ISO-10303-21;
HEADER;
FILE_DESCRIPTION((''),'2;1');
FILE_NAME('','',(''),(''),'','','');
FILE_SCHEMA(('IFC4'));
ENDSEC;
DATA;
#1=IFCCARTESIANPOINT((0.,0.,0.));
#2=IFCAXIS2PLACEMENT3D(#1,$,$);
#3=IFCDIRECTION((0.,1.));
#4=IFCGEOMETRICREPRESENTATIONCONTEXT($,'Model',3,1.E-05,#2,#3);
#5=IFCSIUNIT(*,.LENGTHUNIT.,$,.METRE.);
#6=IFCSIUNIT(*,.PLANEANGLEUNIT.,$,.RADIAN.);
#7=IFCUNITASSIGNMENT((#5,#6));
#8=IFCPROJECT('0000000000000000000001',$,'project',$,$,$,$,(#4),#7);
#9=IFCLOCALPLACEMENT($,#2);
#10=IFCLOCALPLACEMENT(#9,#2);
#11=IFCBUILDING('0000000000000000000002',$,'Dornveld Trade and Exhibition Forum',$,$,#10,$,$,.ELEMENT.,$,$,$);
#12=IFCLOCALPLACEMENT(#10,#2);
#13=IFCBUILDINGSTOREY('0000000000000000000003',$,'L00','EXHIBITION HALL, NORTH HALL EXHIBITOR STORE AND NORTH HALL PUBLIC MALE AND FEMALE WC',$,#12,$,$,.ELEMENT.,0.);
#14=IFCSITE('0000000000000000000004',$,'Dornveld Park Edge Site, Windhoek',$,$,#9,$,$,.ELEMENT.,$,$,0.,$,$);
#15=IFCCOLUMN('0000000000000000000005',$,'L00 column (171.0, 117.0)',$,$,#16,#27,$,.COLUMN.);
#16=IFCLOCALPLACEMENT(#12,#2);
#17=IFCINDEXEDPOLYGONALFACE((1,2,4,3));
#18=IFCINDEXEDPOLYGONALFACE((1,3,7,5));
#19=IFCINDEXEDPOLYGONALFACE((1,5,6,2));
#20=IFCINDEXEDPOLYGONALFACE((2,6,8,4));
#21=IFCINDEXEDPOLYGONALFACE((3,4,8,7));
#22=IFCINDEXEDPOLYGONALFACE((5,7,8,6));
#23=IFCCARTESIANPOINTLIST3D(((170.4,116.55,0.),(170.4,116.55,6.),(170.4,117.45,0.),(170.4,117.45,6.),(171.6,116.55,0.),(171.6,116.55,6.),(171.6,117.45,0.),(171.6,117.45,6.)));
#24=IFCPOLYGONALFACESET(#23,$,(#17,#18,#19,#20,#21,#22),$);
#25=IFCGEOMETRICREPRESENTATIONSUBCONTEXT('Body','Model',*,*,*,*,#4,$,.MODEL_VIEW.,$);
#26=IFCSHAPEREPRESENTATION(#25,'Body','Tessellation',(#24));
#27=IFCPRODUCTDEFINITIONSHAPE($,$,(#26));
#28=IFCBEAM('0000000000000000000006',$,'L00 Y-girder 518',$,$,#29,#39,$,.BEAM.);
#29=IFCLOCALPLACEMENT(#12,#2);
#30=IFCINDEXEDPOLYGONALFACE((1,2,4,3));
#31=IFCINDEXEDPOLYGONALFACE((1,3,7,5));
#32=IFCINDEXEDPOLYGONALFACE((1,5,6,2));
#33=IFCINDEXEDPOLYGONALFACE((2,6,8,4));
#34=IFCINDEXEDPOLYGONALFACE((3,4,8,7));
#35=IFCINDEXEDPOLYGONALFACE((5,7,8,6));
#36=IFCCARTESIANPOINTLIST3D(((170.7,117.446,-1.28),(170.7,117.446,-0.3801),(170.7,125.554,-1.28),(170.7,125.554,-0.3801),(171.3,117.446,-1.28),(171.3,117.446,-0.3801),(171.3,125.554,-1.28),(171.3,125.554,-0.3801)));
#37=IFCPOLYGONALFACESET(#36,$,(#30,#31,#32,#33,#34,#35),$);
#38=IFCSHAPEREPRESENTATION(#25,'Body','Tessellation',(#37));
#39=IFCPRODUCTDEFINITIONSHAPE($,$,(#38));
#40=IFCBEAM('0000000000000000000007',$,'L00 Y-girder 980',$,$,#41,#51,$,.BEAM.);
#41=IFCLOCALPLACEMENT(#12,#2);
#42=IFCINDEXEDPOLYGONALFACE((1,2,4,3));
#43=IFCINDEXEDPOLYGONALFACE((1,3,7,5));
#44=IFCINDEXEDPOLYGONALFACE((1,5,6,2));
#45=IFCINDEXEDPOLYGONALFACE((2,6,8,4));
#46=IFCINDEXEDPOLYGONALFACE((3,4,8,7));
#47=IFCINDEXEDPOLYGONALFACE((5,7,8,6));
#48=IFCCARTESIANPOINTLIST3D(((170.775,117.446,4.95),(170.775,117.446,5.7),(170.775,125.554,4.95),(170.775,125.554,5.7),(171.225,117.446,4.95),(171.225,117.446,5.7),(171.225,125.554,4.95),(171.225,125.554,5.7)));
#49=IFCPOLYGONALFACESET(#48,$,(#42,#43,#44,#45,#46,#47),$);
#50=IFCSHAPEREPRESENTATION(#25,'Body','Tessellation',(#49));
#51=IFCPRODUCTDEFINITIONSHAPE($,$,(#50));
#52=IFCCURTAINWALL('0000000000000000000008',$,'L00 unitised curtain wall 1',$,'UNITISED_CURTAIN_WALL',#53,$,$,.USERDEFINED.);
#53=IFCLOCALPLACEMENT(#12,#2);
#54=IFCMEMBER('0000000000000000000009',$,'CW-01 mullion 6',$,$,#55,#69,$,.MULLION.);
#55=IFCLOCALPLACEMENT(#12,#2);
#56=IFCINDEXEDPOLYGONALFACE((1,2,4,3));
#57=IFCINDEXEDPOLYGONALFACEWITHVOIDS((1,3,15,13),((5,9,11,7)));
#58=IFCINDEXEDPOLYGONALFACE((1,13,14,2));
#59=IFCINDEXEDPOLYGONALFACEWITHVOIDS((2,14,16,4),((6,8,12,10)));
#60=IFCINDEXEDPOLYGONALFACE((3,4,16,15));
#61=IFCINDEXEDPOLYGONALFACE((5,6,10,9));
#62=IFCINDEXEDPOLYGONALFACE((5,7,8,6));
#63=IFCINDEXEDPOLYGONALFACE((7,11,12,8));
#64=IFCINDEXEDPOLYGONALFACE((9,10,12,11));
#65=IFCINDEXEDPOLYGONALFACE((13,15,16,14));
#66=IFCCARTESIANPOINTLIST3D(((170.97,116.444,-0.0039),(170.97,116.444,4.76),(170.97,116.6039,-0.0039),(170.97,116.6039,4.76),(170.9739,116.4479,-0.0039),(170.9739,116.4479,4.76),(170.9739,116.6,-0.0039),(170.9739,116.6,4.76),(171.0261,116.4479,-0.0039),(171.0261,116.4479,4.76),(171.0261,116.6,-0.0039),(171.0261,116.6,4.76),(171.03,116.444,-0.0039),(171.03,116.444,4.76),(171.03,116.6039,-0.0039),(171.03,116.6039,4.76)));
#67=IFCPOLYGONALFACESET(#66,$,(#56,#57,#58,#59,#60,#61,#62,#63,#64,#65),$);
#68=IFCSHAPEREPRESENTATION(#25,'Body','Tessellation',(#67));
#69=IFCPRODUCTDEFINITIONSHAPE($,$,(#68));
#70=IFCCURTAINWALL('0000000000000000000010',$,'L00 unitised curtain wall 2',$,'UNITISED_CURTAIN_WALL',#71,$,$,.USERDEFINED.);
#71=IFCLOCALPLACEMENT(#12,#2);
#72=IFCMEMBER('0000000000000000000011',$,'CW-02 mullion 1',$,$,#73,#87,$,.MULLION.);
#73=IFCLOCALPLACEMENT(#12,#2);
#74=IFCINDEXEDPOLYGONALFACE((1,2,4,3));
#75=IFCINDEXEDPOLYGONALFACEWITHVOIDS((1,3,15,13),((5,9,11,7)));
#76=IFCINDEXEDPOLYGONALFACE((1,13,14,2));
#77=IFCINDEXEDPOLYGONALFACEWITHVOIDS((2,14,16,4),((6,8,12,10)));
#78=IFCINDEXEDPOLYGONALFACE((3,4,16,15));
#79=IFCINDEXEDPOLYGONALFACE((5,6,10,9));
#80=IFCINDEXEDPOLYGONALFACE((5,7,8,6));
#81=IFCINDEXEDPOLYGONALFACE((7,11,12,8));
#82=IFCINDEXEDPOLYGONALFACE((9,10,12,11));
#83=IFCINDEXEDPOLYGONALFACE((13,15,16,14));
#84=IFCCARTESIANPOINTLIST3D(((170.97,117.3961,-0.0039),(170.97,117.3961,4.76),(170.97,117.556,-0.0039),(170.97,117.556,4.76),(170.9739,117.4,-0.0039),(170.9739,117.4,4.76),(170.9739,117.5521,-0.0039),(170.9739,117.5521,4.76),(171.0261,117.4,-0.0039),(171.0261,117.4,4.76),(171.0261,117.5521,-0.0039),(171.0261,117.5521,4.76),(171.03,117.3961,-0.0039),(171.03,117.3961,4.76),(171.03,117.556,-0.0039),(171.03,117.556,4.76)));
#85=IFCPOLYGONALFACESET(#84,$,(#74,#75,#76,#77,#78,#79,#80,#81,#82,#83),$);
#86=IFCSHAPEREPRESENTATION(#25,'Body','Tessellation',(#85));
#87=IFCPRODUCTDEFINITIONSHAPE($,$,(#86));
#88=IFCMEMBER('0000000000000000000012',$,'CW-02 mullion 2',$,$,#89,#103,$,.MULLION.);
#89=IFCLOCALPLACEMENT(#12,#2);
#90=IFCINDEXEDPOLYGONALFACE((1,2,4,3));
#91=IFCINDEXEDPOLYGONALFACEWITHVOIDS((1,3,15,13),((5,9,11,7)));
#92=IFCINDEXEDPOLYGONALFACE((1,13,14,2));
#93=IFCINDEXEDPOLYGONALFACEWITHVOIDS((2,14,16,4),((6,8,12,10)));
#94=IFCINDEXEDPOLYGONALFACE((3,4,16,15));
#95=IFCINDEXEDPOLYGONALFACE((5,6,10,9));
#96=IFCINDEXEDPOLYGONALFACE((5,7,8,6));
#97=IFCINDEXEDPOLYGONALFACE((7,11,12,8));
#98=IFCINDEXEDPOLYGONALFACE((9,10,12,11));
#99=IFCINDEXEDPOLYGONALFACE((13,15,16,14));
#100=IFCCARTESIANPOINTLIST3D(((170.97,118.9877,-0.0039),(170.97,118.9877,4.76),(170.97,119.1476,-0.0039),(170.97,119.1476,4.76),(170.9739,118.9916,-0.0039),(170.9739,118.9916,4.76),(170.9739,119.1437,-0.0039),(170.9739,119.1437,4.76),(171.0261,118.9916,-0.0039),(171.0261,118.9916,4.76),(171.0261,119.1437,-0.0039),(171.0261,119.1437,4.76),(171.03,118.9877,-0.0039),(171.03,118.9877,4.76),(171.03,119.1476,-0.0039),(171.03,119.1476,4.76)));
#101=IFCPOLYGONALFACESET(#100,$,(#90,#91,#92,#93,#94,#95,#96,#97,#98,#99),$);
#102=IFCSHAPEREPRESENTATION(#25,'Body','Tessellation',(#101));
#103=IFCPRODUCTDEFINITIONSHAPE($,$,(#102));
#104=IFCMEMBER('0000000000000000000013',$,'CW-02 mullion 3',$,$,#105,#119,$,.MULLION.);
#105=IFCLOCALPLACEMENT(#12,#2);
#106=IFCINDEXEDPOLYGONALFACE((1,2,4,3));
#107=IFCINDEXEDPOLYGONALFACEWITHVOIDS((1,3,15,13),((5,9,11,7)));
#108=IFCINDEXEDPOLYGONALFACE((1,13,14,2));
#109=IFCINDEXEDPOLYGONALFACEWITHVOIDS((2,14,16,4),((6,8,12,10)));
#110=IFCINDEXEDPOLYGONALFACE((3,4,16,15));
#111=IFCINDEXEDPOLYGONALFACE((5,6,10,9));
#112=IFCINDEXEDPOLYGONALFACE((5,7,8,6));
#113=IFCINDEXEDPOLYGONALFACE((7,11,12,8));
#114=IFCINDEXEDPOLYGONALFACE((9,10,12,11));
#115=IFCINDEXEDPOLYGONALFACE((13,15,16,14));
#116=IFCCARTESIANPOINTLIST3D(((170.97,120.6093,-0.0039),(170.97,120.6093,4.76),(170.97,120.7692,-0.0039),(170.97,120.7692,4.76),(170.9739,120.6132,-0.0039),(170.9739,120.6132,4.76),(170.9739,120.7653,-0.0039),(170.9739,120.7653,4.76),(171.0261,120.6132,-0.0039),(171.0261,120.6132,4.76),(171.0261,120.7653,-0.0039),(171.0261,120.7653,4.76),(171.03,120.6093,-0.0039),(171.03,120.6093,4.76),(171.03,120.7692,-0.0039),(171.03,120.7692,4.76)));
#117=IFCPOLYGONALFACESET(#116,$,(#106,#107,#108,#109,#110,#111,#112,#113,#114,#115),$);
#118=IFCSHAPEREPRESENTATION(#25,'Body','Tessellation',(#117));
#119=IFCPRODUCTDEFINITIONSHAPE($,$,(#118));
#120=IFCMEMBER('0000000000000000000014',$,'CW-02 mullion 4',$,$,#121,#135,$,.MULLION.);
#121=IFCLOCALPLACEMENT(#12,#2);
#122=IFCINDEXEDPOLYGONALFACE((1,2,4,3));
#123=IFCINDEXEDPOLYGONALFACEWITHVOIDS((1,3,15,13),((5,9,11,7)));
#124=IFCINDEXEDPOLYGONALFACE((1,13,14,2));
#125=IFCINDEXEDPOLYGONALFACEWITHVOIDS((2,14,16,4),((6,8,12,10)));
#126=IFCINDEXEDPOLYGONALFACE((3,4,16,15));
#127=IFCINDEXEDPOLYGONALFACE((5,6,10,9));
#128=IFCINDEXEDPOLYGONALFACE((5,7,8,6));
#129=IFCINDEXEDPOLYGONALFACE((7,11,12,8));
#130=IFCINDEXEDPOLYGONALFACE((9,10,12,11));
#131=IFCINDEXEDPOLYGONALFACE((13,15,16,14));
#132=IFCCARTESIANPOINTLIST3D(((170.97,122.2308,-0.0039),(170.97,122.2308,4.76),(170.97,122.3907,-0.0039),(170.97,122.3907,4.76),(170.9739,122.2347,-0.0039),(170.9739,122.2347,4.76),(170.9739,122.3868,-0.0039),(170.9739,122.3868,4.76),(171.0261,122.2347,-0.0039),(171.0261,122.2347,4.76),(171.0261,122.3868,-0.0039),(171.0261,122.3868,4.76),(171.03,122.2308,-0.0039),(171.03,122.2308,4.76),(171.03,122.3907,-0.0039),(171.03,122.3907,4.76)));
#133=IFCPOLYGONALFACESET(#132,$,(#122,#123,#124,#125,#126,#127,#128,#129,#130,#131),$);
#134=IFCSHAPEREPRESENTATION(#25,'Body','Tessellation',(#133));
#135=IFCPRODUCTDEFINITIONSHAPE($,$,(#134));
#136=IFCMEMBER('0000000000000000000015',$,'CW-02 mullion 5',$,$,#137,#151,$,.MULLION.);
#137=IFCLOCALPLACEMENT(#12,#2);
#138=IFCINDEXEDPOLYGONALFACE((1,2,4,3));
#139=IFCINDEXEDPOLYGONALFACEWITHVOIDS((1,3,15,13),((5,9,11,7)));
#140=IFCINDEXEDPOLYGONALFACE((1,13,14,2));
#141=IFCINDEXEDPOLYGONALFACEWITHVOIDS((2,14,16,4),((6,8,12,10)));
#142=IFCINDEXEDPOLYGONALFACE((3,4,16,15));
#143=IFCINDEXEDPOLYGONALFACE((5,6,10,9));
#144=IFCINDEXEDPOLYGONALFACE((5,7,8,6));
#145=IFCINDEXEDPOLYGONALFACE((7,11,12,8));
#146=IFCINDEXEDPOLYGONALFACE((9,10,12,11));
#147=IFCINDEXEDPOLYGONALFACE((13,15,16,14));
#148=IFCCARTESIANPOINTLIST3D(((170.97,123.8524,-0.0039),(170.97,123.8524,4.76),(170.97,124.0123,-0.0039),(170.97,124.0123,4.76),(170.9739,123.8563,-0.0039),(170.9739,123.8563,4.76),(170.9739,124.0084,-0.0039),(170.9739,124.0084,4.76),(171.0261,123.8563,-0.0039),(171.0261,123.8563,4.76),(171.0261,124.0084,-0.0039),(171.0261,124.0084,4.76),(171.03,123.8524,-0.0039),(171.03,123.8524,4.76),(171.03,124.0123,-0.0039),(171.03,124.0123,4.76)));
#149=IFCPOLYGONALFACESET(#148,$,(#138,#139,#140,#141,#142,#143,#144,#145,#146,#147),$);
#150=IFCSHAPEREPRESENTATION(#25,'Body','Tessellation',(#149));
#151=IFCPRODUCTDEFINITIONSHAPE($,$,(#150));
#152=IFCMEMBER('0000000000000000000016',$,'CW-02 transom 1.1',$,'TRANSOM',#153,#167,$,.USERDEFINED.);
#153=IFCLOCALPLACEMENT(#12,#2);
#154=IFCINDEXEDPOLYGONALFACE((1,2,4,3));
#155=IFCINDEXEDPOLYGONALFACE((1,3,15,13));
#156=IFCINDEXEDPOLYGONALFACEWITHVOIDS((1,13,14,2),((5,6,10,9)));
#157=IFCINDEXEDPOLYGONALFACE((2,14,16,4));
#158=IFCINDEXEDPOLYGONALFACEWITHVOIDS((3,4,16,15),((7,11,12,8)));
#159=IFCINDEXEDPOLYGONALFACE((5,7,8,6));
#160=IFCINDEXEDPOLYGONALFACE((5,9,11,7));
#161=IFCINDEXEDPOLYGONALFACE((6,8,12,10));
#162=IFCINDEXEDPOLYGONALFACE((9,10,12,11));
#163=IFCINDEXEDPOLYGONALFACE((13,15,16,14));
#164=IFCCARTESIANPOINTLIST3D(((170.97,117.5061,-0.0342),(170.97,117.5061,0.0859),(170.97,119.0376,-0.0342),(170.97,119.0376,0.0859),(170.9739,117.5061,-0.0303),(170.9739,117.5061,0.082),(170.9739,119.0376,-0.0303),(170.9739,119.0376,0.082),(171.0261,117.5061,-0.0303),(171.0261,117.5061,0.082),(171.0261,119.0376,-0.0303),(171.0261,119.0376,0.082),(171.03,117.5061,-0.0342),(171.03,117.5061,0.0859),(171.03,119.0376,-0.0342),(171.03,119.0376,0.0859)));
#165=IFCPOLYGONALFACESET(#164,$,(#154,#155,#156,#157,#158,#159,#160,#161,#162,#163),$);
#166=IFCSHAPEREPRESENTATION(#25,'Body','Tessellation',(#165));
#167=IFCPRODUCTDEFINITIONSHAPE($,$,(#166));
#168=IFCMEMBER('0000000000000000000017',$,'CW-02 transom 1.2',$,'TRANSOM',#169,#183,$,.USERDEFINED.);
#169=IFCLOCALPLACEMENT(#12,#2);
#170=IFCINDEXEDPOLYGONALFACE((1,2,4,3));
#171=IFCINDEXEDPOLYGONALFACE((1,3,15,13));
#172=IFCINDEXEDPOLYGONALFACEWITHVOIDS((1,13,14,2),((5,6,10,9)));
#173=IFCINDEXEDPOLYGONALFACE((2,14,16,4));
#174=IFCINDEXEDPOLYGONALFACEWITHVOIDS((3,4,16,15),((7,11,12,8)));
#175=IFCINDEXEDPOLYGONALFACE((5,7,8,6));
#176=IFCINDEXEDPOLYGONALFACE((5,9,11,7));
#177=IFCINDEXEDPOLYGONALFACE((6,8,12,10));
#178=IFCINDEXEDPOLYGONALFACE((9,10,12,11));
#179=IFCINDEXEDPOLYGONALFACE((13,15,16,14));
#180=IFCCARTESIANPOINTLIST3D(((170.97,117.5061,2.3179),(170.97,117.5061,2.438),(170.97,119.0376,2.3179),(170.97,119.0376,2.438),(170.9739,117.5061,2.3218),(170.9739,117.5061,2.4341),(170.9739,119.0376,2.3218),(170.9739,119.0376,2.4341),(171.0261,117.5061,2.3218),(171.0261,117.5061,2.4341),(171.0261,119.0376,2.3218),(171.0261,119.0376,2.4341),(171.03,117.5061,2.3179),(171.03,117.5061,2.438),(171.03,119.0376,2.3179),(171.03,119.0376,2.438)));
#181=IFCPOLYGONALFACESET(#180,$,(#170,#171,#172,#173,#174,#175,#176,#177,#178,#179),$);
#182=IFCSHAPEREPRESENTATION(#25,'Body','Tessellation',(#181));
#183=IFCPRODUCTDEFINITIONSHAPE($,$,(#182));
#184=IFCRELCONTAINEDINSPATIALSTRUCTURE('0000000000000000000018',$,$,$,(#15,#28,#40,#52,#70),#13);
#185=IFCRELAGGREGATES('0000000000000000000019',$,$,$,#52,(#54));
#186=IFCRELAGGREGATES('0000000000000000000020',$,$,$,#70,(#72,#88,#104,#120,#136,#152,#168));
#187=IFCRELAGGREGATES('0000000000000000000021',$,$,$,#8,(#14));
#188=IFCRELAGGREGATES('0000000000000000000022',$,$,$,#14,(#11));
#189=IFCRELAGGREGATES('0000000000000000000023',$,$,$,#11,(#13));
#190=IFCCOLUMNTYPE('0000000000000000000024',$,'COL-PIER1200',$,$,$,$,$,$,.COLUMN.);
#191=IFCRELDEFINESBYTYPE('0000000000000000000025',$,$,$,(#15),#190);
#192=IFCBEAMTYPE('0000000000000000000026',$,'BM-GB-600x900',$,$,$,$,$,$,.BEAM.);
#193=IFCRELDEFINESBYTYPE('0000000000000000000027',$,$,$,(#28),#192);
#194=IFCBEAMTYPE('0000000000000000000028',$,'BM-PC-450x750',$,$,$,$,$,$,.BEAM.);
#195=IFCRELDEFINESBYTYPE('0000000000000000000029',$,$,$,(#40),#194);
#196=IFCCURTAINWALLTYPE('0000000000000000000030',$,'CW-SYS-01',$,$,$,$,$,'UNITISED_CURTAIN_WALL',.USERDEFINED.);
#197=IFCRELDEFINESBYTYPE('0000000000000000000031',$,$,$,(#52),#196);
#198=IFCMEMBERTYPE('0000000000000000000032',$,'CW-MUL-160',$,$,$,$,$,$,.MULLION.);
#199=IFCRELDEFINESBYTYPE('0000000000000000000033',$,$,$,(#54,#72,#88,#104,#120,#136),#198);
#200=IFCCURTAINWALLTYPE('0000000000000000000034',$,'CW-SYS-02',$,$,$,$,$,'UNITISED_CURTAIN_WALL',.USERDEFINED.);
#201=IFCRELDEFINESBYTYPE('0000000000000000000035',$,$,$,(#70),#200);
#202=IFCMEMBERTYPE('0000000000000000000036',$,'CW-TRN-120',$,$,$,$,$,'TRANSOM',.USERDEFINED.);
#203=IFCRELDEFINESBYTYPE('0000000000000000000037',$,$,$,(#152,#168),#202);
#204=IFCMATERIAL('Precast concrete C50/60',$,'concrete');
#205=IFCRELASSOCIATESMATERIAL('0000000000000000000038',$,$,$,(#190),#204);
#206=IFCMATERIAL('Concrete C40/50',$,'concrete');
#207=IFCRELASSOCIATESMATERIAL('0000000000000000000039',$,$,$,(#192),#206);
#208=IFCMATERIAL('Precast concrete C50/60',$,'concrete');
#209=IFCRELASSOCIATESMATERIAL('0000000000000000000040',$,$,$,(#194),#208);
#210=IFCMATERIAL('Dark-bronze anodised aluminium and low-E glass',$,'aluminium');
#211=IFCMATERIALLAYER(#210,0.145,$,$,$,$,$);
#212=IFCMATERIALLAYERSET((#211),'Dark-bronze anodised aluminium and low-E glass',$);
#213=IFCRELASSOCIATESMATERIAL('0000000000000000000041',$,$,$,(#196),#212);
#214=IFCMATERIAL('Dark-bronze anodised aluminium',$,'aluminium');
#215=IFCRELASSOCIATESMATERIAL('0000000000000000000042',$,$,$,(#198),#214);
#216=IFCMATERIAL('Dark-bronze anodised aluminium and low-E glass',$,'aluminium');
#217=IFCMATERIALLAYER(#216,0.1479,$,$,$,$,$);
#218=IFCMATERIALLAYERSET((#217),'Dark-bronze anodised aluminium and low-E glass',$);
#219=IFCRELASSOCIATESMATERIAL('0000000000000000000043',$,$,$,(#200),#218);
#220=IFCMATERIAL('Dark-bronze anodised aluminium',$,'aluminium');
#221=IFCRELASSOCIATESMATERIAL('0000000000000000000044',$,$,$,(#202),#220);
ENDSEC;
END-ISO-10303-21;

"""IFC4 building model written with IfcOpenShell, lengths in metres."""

from ifc_helpers import new_model, si_unit, direction, frame, origin, origin_2d, place, context, subcontext, project, spatial, rectangle, hollow_rectangle, extrude, material, layer, layer_set, material_profile, profile_set, type_object, element, aggregate, save


model = new_model("IFC4")

# Units and contexts
model_context = context("Model", 3, precision=1e-05, world=origin(), true_north=direction((0.0, 1.0)))
body_context = subcontext(model_context, "Body", "Model", "MODEL_VIEW")
ifc_project = project(units=[si_unit("LENGTHUNIT", "METRE"), si_unit("PLANEANGLEUNIT", "RADIAN")], contexts=[model_context])

# Site, building, storey
site_placement = place(None, origin())
site = spatial("IfcSite", under=ifc_project, at=site_placement, Name="Dornveld Park Edge Site, Windhoek", CompositionType="ELEMENT", RefElevation=0.0)
building_placement = place(site_placement, origin())
building = spatial("IfcBuilding", under=site, at=building_placement, Name="Dornveld Trade and Exhibition Forum", CompositionType="ELEMENT")
storey_placement = place(building_placement, origin())
storey = spatial("IfcBuildingStorey", under=building, at=storey_placement, Name="L00", Description="EXHIBITION HALL, NORTH HALL EXHIBITOR STORE AND NORTH HALL PUBLIC MALE AND FEMALE WC", CompositionType="ELEMENT", Elevation=0.0)

# Column
ifc_material_1 = material(Name="Precast concrete C50/60", Category="concrete")
ifc_material_profile_1 = material_profile(ifc_material_1, rectangle(XDim=1.2, YDim=0.8999, at=origin_2d()), Name="PC-PIER 1200x900")
ifc_profile_set_1 = profile_set([ifc_material_profile_1], Name="Precast concrete C50/60")
column_type = type_object("IfcColumnType", Name="COL-PIER1200", PredefinedType="COLUMN", material=ifc_profile_set_1)
column_placement = place(storey_placement, frame((171.0, 117.0, 0.0), z_axis=(0.0, 0.0, 1.0), x_axis=(1.0, 0.0, 0.0)))
element("IfcColumn", 1, at=column_placement, inside=storey, type_object=column_type, Name="L00 column (171.0, 117.0)", PredefinedType="COLUMN", context=body_context, shape_type="SweptSolid", body=[
    extrude(rectangle(XDim=1.2, YDim=0.8999, at=origin_2d()), origin(), (0.0, 0.0, 1.0), 6.0),
])

# Beams
ifc_material_2 = material(Name="Concrete C40/50", Category="concrete")
ifc_material_profile_2 = material_profile(ifc_material_2, rectangle(XDim=0.6001, YDim=0.8999, at=origin_2d()), Name="RC-GB 600x900")
ifc_profile_set_2 = profile_set([ifc_material_profile_2], Name="Concrete C40/50")
beam_type_1 = type_object("IfcBeamType", Name="BM-GB-600x900", PredefinedType="BEAM", material=ifc_profile_set_2)
beam_1_placement = place(storey_placement, frame((171.0, 117.446, -0.8301), z_axis=(0.0, 1.0, 0.0), x_axis=(-1.0, 0.0, 0.0)))
element("IfcBeam", 2, at=beam_1_placement, inside=storey, type_object=beam_type_1, Name="L00 Y-girder 518", PredefinedType="BEAM", context=body_context, shape_type="SweptSolid", body=[
    extrude(rectangle(XDim=0.6001, YDim=0.8999, at=origin_2d()), origin(), (0.0, 0.0, 1.0), 8.1079),
])
ifc_material_3 = material(Name="Precast concrete C50/60", Category="concrete")
ifc_material_profile_3 = material_profile(ifc_material_3, rectangle(XDim=0.45, YDim=0.75, at=origin_2d()), Name="PC-BM 450x750")
ifc_profile_set_3 = profile_set([ifc_material_profile_3], Name="Precast concrete C50/60")
beam_type_2 = type_object("IfcBeamType", Name="BM-PC-450x750", PredefinedType="BEAM", material=ifc_profile_set_3)
beam_2_placement = place(storey_placement, frame((171.0, 117.446, 5.325), z_axis=(0.0, 1.0, 0.0), x_axis=(-1.0, 0.0, 0.0)))
element("IfcBeam", 3, at=beam_2_placement, inside=storey, type_object=beam_type_2, Name="L00 Y-girder 980", PredefinedType="BEAM", context=body_context, shape_type="SweptSolid", body=[
    extrude(rectangle(XDim=0.45, YDim=0.75, at=origin_2d()), origin(), (0.0, 0.0, 1.0), 8.1079),
])

# Curtain wall, member
ifc_material_4 = material(Name="Dark-bronze anodised aluminium and low-E glass", Category="aluminium")
ifc_layer_1 = layer(ifc_material_4, 0.145)
ifc_layer_set_1 = layer_set([ifc_layer_1], Name="Dark-bronze anodised aluminium and low-E glass")
curtain_wall_type_1 = type_object("IfcCurtainWallType", Name="CW-SYS-01", ElementType="UNITISED_CURTAIN_WALL", PredefinedType="USERDEFINED", material=ifc_layer_set_1)
curtain_wall_1_placement = place(storey_placement, origin())
curtain_wall_1 = element("IfcCurtainWall", 4, at=curtain_wall_1_placement, inside=storey, type_object=curtain_wall_type_1, Name="L00 unitised curtain wall 1", ObjectType="UNITISED_CURTAIN_WALL", PredefinedType="USERDEFINED")
ifc_material_5 = material(Name="Dark-bronze anodised aluminium", Category="aluminium")
ifc_material_profile_4 = material_profile(ifc_material_5, hollow_rectangle(XDim=0.0601, YDim=0.1599, WallThickness=0.0039, at=origin_2d()), Name="RHS 160x60x4")
ifc_profile_set_4 = profile_set([ifc_material_profile_4], Name="Dark-bronze anodised aluminium")
member_type_1 = type_object("IfcMemberType", Name="CW-MUL-160", PredefinedType="MULLION", material=ifc_profile_set_4)
member_1_placement = place(storey_placement, frame((171.0, 116.5239, -0.0039), z_axis=(0.0, 0.0, 1.0), x_axis=(-1.0, 0.0, 0.0)))
member_1 = element("IfcMember", 5, at=member_1_placement, type_object=member_type_1, Name="CW-01 mullion 6", PredefinedType="MULLION", context=body_context, shape_type="SweptSolid", body=[
    extrude(hollow_rectangle(XDim=0.0601, YDim=0.1599, WallThickness=0.0039, at=origin_2d()), origin(), (0.0, 0.0, 1.0), 4.7639),
])
aggregate(curtain_wall_1, [member_1])

# Curtain wall, members
ifc_material_6 = material(Name="Dark-bronze anodised aluminium and low-E glass", Category="aluminium")
ifc_layer_2 = layer(ifc_material_6, 0.1479)
ifc_layer_set_2 = layer_set([ifc_layer_2], Name="Dark-bronze anodised aluminium and low-E glass")
curtain_wall_type_2 = type_object("IfcCurtainWallType", Name="CW-SYS-02", ElementType="UNITISED_CURTAIN_WALL", PredefinedType="USERDEFINED", material=ifc_layer_set_2)
curtain_wall_2_placement = place(storey_placement, origin())
curtain_wall_2 = element("IfcCurtainWall", 6, at=curtain_wall_2_placement, inside=storey, type_object=curtain_wall_type_2, Name="L00 unitised curtain wall 2", ObjectType="UNITISED_CURTAIN_WALL", PredefinedType="USERDEFINED")
member_2_placement = place(storey_placement, frame((171.0, 117.4761, -0.0039), z_axis=(0.0, 0.0, 1.0), x_axis=(-1.0, 0.0, 0.0)))
member_2 = element("IfcMember", 7, at=member_2_placement, type_object=member_type_1, Name="CW-02 mullion 1", PredefinedType="MULLION", context=body_context, shape_type="SweptSolid", body=[
    extrude(hollow_rectangle(XDim=0.0601, YDim=0.1599, WallThickness=0.0039, at=origin_2d()), origin(), (0.0, 0.0, 1.0), 4.7639),
])
member_3_placement = place(storey_placement, frame((171.0, 119.0676, -0.0039), z_axis=(0.0, 0.0, 1.0), x_axis=(-1.0, 0.0, 0.0)))
member_3 = element("IfcMember", 8, at=member_3_placement, type_object=member_type_1, Name="CW-02 mullion 2", PredefinedType="MULLION", context=body_context, shape_type="SweptSolid", body=[
    extrude(hollow_rectangle(XDim=0.0601, YDim=0.1599, WallThickness=0.0039, at=origin_2d()), origin(), (0.0, 0.0, 1.0), 4.7639),
])
member_4_placement = place(storey_placement, frame((171.0, 120.6892, -0.0039), z_axis=(0.0, 0.0, 1.0), x_axis=(-1.0, 0.0, 0.0)))
member_4 = element("IfcMember", 9, at=member_4_placement, type_object=member_type_1, Name="CW-02 mullion 3", PredefinedType="MULLION", context=body_context, shape_type="SweptSolid", body=[
    extrude(hollow_rectangle(XDim=0.0601, YDim=0.1599, WallThickness=0.0039, at=origin_2d()), origin(), (0.0, 0.0, 1.0), 4.7639),
])
member_5_placement = place(storey_placement, frame((171.0, 122.3108, -0.0039), z_axis=(0.0, 0.0, 1.0), x_axis=(-1.0, 0.0, 0.0)))
member_5 = element("IfcMember", 10, at=member_5_placement, type_object=member_type_1, Name="CW-02 mullion 4", PredefinedType="MULLION", context=body_context, shape_type="SweptSolid", body=[
    extrude(hollow_rectangle(XDim=0.0601, YDim=0.1599, WallThickness=0.0039, at=origin_2d()), origin(), (0.0, 0.0, 1.0), 4.7639),
])
member_6_placement = place(storey_placement, frame((171.0, 123.9324, -0.0039), z_axis=(0.0, 0.0, 1.0), x_axis=(-1.0, 0.0, 0.0)))
member_6 = element("IfcMember", 11, at=member_6_placement, type_object=member_type_1, Name="CW-02 mullion 5", PredefinedType="MULLION", context=body_context, shape_type="SweptSolid", body=[
    extrude(hollow_rectangle(XDim=0.0601, YDim=0.1599, WallThickness=0.0039, at=origin_2d()), origin(), (0.0, 0.0, 1.0), 4.7639),
])
ifc_material_7 = material(Name="Dark-bronze anodised aluminium", Category="aluminium")
ifc_material_profile_5 = material_profile(ifc_material_7, hollow_rectangle(XDim=0.0601, YDim=0.1201, WallThickness=0.0039, at=origin_2d()), Name="RHS 120x60x4")
ifc_profile_set_5 = profile_set([ifc_material_profile_5], Name="Dark-bronze anodised aluminium")
member_type_2 = type_object("IfcMemberType", Name="CW-TRN-120", ElementType="TRANSOM", PredefinedType="USERDEFINED", material=ifc_profile_set_5)
member_7_placement = place(storey_placement, frame((171.0, 117.5061, 0.0259), z_axis=(0.0, 1.0, 0.0), x_axis=(-1.0, 0.0, 0.0)))
member_7 = element("IfcMember", 12, at=member_7_placement, type_object=member_type_2, Name="CW-02 transom 1.1", ObjectType="TRANSOM", PredefinedType="USERDEFINED", context=body_context, shape_type="SweptSolid", body=[
    extrude(hollow_rectangle(XDim=0.0601, YDim=0.1201, WallThickness=0.0039, at=origin_2d()), origin(), (0.0, 0.0, 1.0), 1.5315),
])
member_8_placement = place(storey_placement, frame((171.0, 117.5061, 2.3779), z_axis=(0.0, 1.0, 0.0), x_axis=(-1.0, 0.0, 0.0)))
member_8 = element("IfcMember", 13, at=member_8_placement, type_object=member_type_2, Name="CW-02 transom 1.2", ObjectType="TRANSOM", PredefinedType="USERDEFINED", context=body_context, shape_type="SweptSolid", body=[
    extrude(hollow_rectangle(XDim=0.0601, YDim=0.1201, WallThickness=0.0039, at=origin_2d()), origin(), (0.0, 0.0, 1.0), 1.5315),
])

aggregate(curtain_wall_2, [member_2, member_3, member_4, member_5, member_6, member_7, member_8])

save(model, "model.ifc")
